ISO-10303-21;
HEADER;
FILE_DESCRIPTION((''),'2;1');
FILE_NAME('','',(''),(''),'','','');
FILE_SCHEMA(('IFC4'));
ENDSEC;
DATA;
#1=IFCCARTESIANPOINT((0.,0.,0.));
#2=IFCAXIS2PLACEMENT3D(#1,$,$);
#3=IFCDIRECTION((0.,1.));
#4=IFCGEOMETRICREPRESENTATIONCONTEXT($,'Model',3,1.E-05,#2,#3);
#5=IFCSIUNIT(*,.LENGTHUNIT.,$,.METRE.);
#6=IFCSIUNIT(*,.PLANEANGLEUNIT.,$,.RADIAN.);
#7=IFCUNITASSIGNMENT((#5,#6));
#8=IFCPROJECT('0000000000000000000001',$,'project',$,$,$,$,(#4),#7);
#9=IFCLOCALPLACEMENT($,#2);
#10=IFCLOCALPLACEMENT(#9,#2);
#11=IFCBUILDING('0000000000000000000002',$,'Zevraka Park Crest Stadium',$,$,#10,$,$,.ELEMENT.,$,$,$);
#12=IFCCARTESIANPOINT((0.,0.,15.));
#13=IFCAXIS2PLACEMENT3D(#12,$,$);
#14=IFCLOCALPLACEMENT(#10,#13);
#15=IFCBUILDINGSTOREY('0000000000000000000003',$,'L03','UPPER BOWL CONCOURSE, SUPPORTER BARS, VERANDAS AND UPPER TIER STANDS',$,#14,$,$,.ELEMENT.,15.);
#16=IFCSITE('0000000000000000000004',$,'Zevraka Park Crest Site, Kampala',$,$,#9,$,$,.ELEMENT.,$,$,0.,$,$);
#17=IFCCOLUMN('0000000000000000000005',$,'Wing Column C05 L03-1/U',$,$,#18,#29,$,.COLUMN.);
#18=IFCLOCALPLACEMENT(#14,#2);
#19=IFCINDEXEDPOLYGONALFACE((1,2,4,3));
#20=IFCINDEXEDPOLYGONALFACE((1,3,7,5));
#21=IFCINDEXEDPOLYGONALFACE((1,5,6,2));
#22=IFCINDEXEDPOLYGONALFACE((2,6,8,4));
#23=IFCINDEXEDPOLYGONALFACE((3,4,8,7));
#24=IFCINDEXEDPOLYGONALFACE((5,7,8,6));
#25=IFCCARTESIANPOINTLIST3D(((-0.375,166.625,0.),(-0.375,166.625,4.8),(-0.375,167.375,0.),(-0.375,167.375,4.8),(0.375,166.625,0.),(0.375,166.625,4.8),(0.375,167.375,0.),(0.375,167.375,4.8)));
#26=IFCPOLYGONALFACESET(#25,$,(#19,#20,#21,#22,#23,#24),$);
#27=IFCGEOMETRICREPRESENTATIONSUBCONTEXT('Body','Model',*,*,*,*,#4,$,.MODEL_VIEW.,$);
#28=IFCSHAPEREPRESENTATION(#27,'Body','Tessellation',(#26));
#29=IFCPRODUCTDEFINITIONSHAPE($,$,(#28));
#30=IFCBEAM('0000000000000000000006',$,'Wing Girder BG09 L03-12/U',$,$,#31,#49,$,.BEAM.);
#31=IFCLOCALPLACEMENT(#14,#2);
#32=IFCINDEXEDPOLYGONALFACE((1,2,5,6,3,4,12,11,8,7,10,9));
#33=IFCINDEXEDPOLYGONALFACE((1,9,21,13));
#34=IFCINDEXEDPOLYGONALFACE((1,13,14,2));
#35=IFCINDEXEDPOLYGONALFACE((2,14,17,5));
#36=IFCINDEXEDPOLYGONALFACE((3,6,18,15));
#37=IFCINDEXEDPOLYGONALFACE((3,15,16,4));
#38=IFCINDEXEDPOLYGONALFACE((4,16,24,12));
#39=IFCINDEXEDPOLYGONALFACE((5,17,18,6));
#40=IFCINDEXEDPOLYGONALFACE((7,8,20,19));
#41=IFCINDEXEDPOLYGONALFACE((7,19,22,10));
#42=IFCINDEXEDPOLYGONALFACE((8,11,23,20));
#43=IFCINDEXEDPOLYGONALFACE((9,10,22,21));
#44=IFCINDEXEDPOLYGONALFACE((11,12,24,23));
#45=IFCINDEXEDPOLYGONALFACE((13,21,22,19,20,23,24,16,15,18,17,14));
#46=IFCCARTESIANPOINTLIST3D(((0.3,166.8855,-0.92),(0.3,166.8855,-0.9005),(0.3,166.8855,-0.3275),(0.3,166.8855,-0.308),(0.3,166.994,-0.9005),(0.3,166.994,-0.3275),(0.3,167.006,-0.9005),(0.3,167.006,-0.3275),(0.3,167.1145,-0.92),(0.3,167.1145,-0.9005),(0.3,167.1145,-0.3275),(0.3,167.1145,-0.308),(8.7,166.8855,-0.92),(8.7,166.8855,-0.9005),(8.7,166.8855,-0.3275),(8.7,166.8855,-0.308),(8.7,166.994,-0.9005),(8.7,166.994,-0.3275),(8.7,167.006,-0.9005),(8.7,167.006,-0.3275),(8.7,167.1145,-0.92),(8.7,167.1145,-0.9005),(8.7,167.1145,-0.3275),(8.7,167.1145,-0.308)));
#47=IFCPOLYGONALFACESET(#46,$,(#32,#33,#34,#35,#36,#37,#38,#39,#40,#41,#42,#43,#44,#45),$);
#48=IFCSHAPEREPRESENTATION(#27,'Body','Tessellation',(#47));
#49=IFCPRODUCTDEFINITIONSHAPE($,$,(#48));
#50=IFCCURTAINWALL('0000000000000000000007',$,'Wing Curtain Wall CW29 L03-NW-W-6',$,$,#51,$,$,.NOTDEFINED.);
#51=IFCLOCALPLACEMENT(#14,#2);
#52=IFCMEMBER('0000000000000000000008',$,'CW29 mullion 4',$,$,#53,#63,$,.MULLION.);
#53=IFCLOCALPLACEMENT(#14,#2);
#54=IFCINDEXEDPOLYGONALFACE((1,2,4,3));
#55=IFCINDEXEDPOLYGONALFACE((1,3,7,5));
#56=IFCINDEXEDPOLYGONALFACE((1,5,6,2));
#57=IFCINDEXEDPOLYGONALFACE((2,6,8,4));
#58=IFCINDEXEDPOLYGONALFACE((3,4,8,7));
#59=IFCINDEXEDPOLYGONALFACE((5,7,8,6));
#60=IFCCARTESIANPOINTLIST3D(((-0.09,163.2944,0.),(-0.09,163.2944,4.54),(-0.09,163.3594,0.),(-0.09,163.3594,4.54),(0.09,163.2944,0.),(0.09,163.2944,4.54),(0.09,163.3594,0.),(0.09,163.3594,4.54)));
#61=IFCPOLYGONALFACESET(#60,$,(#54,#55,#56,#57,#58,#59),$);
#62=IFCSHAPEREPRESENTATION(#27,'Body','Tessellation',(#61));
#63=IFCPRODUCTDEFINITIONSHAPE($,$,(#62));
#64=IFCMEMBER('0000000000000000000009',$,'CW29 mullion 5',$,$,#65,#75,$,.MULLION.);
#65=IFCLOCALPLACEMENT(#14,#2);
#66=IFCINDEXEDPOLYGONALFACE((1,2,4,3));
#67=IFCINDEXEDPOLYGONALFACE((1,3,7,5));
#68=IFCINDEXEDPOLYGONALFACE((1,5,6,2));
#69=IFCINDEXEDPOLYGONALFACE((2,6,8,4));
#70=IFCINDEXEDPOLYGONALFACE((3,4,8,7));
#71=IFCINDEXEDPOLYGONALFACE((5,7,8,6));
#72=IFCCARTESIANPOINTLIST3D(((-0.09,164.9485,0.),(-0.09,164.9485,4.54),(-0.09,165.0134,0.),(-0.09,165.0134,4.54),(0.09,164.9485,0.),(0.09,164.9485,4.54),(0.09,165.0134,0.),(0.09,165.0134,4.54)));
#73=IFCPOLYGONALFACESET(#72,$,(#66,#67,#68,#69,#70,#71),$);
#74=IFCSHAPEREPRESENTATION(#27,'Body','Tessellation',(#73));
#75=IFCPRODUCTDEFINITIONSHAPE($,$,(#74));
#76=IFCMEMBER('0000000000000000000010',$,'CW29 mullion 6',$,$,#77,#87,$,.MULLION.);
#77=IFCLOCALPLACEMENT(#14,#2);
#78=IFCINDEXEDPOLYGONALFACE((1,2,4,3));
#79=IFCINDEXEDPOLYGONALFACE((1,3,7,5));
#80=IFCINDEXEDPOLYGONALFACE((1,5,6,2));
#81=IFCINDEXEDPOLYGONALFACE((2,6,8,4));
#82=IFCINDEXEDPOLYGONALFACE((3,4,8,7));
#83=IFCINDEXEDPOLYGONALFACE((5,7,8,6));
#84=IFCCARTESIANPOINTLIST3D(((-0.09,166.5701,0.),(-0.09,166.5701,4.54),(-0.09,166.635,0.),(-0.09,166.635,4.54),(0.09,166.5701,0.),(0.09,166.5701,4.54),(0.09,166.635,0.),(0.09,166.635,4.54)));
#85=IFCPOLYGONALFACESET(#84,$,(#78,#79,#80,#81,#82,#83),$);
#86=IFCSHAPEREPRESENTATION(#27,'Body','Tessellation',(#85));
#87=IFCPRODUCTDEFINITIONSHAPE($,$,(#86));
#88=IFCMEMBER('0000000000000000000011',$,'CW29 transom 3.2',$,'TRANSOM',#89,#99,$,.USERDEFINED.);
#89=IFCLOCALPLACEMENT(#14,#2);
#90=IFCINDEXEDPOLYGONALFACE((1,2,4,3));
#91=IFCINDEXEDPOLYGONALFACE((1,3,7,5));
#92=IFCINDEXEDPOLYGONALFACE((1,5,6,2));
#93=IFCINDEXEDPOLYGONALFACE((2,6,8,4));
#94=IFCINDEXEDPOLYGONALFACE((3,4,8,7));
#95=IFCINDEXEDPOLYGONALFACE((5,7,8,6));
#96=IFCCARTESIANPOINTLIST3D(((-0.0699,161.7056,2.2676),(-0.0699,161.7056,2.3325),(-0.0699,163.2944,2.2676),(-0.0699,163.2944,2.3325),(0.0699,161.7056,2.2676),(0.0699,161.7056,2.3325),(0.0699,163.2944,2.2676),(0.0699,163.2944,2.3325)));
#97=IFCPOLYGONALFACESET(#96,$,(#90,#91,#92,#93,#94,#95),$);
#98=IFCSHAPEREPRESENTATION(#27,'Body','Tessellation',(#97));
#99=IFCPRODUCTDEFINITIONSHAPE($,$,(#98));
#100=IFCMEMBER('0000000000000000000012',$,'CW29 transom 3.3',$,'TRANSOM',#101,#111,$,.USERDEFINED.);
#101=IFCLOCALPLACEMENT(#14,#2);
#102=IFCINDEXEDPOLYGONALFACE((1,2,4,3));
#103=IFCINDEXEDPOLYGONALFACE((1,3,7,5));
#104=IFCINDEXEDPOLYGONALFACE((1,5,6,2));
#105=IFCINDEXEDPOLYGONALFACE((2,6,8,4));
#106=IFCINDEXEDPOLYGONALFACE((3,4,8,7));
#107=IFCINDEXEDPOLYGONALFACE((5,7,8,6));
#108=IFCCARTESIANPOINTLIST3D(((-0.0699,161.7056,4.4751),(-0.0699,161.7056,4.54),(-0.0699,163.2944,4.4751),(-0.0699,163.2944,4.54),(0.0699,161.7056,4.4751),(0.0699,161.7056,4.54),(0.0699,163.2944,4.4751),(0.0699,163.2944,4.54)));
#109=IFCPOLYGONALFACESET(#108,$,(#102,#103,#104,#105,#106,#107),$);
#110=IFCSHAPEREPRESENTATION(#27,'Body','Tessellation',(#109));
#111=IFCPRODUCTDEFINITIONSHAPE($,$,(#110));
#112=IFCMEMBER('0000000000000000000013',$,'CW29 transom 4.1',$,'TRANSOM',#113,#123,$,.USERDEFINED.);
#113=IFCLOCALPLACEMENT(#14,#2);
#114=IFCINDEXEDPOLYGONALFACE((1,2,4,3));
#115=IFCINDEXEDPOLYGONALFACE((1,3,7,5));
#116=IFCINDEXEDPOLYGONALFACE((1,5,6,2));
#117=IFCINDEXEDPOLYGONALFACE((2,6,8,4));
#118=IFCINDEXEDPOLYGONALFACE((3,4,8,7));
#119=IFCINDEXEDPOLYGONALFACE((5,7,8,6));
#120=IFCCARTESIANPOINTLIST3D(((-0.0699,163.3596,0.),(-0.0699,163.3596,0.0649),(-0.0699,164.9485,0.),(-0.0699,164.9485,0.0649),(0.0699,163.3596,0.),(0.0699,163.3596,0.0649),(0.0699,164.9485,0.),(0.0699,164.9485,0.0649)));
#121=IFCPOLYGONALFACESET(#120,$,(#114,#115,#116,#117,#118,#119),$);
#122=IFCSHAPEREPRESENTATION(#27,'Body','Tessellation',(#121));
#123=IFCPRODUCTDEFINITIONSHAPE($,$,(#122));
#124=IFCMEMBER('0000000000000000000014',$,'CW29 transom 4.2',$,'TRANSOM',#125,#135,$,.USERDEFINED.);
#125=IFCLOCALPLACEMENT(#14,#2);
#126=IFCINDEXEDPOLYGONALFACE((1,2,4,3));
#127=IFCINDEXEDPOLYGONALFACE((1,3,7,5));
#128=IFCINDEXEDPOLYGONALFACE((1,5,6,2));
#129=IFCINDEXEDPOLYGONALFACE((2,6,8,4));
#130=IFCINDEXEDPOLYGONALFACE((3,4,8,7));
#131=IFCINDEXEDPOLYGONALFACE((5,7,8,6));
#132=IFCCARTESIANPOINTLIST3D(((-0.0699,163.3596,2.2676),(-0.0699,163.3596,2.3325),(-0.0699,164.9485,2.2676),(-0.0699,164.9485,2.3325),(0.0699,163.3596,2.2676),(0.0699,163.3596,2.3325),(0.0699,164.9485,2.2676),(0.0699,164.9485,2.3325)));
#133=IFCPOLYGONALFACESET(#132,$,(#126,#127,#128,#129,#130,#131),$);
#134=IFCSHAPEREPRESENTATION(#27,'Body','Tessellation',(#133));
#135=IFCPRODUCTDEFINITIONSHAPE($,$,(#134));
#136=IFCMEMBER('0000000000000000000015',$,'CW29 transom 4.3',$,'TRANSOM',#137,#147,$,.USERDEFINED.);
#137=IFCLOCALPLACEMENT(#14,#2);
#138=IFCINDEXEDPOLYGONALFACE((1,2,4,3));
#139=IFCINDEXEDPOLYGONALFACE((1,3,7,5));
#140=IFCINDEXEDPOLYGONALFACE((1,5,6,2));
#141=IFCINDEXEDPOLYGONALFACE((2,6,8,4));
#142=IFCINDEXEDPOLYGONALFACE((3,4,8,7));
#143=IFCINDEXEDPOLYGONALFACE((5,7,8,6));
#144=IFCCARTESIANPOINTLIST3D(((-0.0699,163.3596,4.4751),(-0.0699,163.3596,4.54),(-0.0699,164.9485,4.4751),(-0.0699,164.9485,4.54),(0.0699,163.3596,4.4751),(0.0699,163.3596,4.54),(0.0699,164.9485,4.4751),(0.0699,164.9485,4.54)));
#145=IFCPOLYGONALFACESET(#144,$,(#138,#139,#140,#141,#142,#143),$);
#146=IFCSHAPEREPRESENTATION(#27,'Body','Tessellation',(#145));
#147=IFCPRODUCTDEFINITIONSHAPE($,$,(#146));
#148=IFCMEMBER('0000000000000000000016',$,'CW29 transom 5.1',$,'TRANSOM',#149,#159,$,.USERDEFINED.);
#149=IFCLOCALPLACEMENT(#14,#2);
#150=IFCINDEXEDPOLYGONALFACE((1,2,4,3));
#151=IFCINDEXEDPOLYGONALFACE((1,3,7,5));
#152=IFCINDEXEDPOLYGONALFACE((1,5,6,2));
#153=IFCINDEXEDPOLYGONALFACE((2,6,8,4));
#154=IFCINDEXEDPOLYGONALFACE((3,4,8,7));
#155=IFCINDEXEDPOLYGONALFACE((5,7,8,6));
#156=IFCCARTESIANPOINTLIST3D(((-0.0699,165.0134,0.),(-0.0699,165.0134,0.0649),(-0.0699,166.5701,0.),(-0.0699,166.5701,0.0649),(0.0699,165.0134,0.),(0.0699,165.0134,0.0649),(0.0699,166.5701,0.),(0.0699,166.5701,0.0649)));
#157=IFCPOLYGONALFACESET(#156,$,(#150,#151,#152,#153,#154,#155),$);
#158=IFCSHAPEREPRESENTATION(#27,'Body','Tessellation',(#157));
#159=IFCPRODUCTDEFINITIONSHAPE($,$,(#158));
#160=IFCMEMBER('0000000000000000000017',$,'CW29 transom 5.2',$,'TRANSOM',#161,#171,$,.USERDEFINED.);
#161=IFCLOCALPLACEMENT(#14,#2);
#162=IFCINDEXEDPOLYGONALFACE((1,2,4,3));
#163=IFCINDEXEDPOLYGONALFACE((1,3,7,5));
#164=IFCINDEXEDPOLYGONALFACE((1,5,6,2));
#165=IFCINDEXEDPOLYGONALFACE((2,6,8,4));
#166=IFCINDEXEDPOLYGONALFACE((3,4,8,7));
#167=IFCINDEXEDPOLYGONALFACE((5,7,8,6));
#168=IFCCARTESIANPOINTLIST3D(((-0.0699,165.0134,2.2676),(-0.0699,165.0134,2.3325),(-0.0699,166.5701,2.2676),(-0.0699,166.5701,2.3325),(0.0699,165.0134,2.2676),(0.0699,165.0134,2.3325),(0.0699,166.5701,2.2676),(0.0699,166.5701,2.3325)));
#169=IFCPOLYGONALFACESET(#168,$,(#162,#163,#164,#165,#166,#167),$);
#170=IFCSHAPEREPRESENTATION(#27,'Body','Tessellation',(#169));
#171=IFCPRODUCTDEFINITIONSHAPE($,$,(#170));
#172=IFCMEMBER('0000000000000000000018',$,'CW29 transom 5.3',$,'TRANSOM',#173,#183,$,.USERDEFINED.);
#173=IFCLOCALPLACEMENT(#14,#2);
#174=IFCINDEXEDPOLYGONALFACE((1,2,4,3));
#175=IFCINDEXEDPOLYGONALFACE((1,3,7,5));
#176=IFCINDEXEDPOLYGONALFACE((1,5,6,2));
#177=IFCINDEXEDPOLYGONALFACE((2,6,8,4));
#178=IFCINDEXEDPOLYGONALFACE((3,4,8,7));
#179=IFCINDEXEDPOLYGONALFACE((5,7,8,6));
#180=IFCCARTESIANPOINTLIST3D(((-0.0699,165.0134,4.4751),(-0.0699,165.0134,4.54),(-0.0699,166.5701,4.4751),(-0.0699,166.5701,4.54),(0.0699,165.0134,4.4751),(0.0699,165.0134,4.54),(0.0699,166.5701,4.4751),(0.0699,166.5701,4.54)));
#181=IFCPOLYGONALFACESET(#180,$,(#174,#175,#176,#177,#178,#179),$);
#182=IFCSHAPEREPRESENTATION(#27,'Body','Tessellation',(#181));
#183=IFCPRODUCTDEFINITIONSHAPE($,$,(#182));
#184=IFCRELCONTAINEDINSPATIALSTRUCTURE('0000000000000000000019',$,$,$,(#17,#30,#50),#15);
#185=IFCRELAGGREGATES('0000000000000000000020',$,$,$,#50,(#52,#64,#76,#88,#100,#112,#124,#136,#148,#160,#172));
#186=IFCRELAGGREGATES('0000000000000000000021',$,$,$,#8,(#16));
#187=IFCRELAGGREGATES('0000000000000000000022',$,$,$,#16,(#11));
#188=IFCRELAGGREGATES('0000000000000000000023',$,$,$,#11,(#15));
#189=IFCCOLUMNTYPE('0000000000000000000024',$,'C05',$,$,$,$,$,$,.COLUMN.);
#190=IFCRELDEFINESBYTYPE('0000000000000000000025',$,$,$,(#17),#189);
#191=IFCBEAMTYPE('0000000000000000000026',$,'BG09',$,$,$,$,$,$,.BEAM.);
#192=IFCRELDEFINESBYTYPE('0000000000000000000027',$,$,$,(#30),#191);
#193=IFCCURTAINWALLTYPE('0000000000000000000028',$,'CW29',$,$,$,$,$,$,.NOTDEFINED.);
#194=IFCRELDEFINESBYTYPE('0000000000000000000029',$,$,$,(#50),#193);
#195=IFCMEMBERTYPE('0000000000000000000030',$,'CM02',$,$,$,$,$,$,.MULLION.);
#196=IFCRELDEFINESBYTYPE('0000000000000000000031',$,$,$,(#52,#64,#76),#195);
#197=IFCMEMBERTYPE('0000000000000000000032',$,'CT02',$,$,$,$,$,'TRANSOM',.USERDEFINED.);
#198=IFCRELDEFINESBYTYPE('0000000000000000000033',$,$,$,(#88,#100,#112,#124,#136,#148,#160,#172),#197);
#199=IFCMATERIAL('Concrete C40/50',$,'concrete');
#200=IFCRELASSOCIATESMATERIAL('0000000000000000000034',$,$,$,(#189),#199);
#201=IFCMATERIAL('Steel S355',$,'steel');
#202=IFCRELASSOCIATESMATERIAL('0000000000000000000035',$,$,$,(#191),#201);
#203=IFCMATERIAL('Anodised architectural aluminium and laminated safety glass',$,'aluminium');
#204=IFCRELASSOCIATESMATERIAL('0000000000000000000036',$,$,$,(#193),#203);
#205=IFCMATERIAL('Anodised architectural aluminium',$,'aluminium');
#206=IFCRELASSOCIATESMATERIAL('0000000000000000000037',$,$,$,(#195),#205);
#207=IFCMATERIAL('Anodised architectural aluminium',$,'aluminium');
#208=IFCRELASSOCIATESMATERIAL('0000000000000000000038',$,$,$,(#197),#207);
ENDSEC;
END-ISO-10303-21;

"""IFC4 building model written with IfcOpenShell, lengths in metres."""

from ifc_helpers import new_model, si_unit, direction, frame, origin, origin_2d, place, context, subcontext, project, spatial, rectangle, i_section, extrude, material, material_profile, profile_set, type_object, element, aggregate, save


model = new_model("IFC4")

# Units and contexts
model_context = context("Model", 3, precision=1e-05, world=origin(), true_north=direction((0.0, 1.0)))
body_context = subcontext(model_context, "Body", "Model", "MODEL_VIEW")
ifc_project = project(units=[si_unit("LENGTHUNIT", "METRE"), si_unit("PLANEANGLEUNIT", "RADIAN")], contexts=[model_context])

# Site, building, storey
site_placement = place(None, origin())
site = spatial("IfcSite", under=ifc_project, at=site_placement, Name="Zevraka Park Crest Site, Kampala", CompositionType="ELEMENT", RefElevation=0.0)
building_placement = place(site_placement, origin())
building = spatial("IfcBuilding", under=site, at=building_placement, Name="Zevraka Park Crest Stadium", CompositionType="ELEMENT")
storey_placement = place(building_placement, frame((0.0, 0.0, 15.0)))
storey = spatial("IfcBuildingStorey", under=building, at=storey_placement, Name="L03", Description="UPPER BOWL CONCOURSE, SUPPORTER BARS, VERANDAS AND UPPER TIER STANDS", CompositionType="ELEMENT", Elevation=15.0)

# Column
ifc_material_1 = material(Name="Concrete C40/50", Category="concrete")
ifc_material_profile_1 = material_profile(ifc_material_1, rectangle(XDim=0.75, YDim=0.75, at=origin_2d()), Name="RC 750x750")
ifc_profile_set_1 = profile_set([ifc_material_profile_1], Name="Concrete C40/50")
column_type = type_object("IfcColumnType", Name="C05", PredefinedType="COLUMN", material=ifc_profile_set_1)
column_placement = place(storey_placement, frame((0.0, 167.0, 0.0), z_axis=(0.0, 0.0, 1.0), x_axis=(1.0, 0.0, 0.0)))
element("IfcColumn", 1, at=column_placement, inside=storey, type_object=column_type, Name="Wing Column C05 L03-1/U", PredefinedType="COLUMN", context=body_context, shape_type="SweptSolid", body=[
    extrude(rectangle(XDim=0.75, YDim=0.75, at=origin_2d()), origin(), (0.0, 0.0, 1.0), 4.8),
])

# Beam
ifc_material_2 = material(Name="Steel S355", Category="steel")
ifc_material_profile_2 = material_profile(ifc_material_2, i_section(OverallWidth=0.229, OverallDepth=0.6121, WebThickness=0.012, FlangeThickness=0.0195, at=origin_2d()), Name="UKB 610x229x125")
ifc_profile_set_2 = profile_set([ifc_material_profile_2], Name="Steel S355")
beam_type = type_object("IfcBeamType", Name="BG09", PredefinedType="BEAM", material=ifc_profile_set_2)
beam_placement = place(storey_placement, frame((0.3, 167.0, -0.614), z_axis=(1.0, 0.0, 0.0), x_axis=(0.0, 1.0, 0.0)))
element("IfcBeam", 2, at=beam_placement, inside=storey, type_object=beam_type, Name="Wing Girder BG09 L03-12/U", PredefinedType="BEAM", context=body_context, shape_type="SweptSolid", body=[
    extrude(i_section(OverallWidth=0.229, OverallDepth=0.6121, WebThickness=0.012, FlangeThickness=0.0195, at=origin_2d()), origin(), (0.0, 0.0, 1.0), 8.3999),
])

# Curtain wall, members
ifc_material_3 = material(Name="Anodised architectural aluminium and laminated safety glass", Category="aluminium")
curtain_wall_type = type_object("IfcCurtainWallType", Name="CW29", PredefinedType="NOTDEFINED", material=ifc_material_3)
curtain_wall_placement = place(storey_placement, origin())
curtain_wall = element("IfcCurtainWall", 3, at=curtain_wall_placement, inside=storey, type_object=curtain_wall_type, Name="Wing Curtain Wall CW29 L03-NW-W-6", PredefinedType="NOTDEFINED")
ifc_material_4 = material(Name="Anodised architectural aluminium", Category="aluminium")
ifc_material_profile_3 = material_profile(ifc_material_4, rectangle(XDim=0.1799, YDim=0.0649, at=origin_2d()), Name="ALU MULLION 180x65")
ifc_profile_set_3 = profile_set([ifc_material_profile_3], Name="Anodised architectural aluminium")
member_type_1 = type_object("IfcMemberType", Name="CM02", PredefinedType="MULLION", material=ifc_profile_set_3)
member_1_placement = place(storey_placement, frame((0.0, 163.3269, 0.0), z_axis=(0.0, 0.0, 1.0), x_axis=(-1.0, 0.0, 0.0)))
member_1 = element("IfcMember", 4, at=member_1_placement, type_object=member_type_1, Name="CW29 mullion 4", PredefinedType="MULLION", context=body_context, shape_type="SweptSolid", body=[
    extrude(rectangle(XDim=0.1799, YDim=0.0649, at=origin_2d()), origin(), (0.0, 0.0, 1.0), 4.54),
])
member_2_placement = place(storey_placement, frame((0.0, 164.981, 0.0), z_axis=(0.0, 0.0, 1.0), x_axis=(-1.0, 0.0, 0.0)))
member_2 = element("IfcMember", 5, at=member_2_placement, type_object=member_type_1, Name="CW29 mullion 5", PredefinedType="MULLION", context=body_context, shape_type="SweptSolid", body=[
    extrude(rectangle(XDim=0.1799, YDim=0.0649, at=origin_2d()), origin(), (0.0, 0.0, 1.0), 4.54),
])
member_3_placement = place(storey_placement, frame((0.0, 166.6025, 0.0), z_axis=(0.0, 0.0, 1.0), x_axis=(-1.0, 0.0, 0.0)))
member_3 = element("IfcMember", 6, at=member_3_placement, type_object=member_type_1, Name="CW29 mullion 6", PredefinedType="MULLION", context=body_context, shape_type="SweptSolid", body=[
    extrude(rectangle(XDim=0.1799, YDim=0.0649, at=origin_2d()), origin(), (0.0, 0.0, 1.0), 4.54),
])
ifc_material_5 = material(Name="Anodised architectural aluminium", Category="aluminium")
ifc_material_profile_4 = material_profile(ifc_material_5, rectangle(XDim=0.1399, YDim=0.0649, at=origin_2d()), Name="ALU TRANSOM 140x65")
ifc_profile_set_4 = profile_set([ifc_material_profile_4], Name="Anodised architectural aluminium")
member_type_2 = type_object("IfcMemberType", Name="CT02", ElementType="TRANSOM", PredefinedType="USERDEFINED", material=ifc_profile_set_4)
member_4_placement = place(storey_placement, frame((0.0, 161.7056, 2.3), z_axis=(0.0, 1.0, 0.0), x_axis=(-1.0, 0.0, 0.0)))
member_4 = element("IfcMember", 7, at=member_4_placement, type_object=member_type_2, Name="CW29 transom 3.2", ObjectType="TRANSOM", PredefinedType="USERDEFINED", context=body_context, shape_type="SweptSolid", body=[
    extrude(rectangle(XDim=0.1399, YDim=0.0649, at=origin_2d()), origin(), (0.0, 0.0, 1.0), 1.5889),
])
member_5_placement = place(storey_placement, frame((0.0, 161.7056, 4.5076), z_axis=(0.0, 1.0, 0.0), x_axis=(-1.0, 0.0, 0.0)))
member_5 = element("IfcMember", 8, at=member_5_placement, type_object=member_type_2, Name="CW29 transom 3.3", ObjectType="TRANSOM", PredefinedType="USERDEFINED", context=body_context, shape_type="SweptSolid", body=[
    extrude(rectangle(XDim=0.1399, YDim=0.0649, at=origin_2d()), origin(), (0.0, 0.0, 1.0), 1.5889),
])
member_6_placement = place(storey_placement, frame((0.0, 163.3596, 0.0325), z_axis=(0.0, 1.0, 0.0), x_axis=(-1.0, 0.0, 0.0)))
member_6 = element("IfcMember", 9, at=member_6_placement, type_object=member_type_2, Name="CW29 transom 4.1", ObjectType="TRANSOM", PredefinedType="USERDEFINED", context=body_context, shape_type="SweptSolid", body=[
    extrude(rectangle(XDim=0.1399, YDim=0.0649, at=origin_2d()), origin(), (0.0, 0.0, 1.0), 1.5889),
])
member_7_placement = place(storey_placement, frame((0.0, 163.3596, 2.3), z_axis=(0.0, 1.0, 0.0), x_axis=(-1.0, 0.0, 0.0)))
member_7 = element("IfcMember", 10, at=member_7_placement, type_object=member_type_2, Name="CW29 transom 4.2", ObjectType="TRANSOM", PredefinedType="USERDEFINED", context=body_context, shape_type="SweptSolid", body=[
    extrude(rectangle(XDim=0.1399, YDim=0.0649, at=origin_2d()), origin(), (0.0, 0.0, 1.0), 1.5889),
])
member_8_placement = place(storey_placement, frame((0.0, 163.3596, 4.5076), z_axis=(0.0, 1.0, 0.0), x_axis=(-1.0, 0.0, 0.0)))
member_8 = element("IfcMember", 11, at=member_8_placement, type_object=member_type_2, Name="CW29 transom 4.3", ObjectType="TRANSOM", PredefinedType="USERDEFINED", context=body_context, shape_type="SweptSolid", body=[
    extrude(rectangle(XDim=0.1399, YDim=0.0649, at=origin_2d()), origin(), (0.0, 0.0, 1.0), 1.5889),
])
member_9_placement = place(storey_placement, frame((0.0, 165.0134, 0.0325), z_axis=(0.0, 1.0, 0.0), x_axis=(-1.0, 0.0, 0.0)))
member_9 = element("IfcMember", 12, at=member_9_placement, type_object=member_type_2, Name="CW29 transom 5.1", ObjectType="TRANSOM", PredefinedType="USERDEFINED", context=body_context, shape_type="SweptSolid", body=[
    extrude(rectangle(XDim=0.1399, YDim=0.0649, at=origin_2d()), origin(), (0.0, 0.0, 1.0), 1.5566),
])
member_10_placement = place(storey_placement, frame((0.0, 165.0134, 2.3), z_axis=(0.0, 1.0, 0.0), x_axis=(-1.0, 0.0, 0.0)))
member_10 = element("IfcMember", 13, at=member_10_placement, type_object=member_type_2, Name="CW29 transom 5.2", ObjectType="TRANSOM", PredefinedType="USERDEFINED", context=body_context, shape_type="SweptSolid", body=[
    extrude(rectangle(XDim=0.1399, YDim=0.0649, at=origin_2d()), origin(), (0.0, 0.0, 1.0), 1.5566),
])
member_11_placement = place(storey_placement, frame((0.0, 165.0134, 4.5076), z_axis=(0.0, 1.0, 0.0), x_axis=(-1.0, 0.0, 0.0)))
member_11 = element("IfcMember", 14, at=member_11_placement, type_object=member_type_2, Name="CW29 transom 5.3", ObjectType="TRANSOM", PredefinedType="USERDEFINED", context=body_context, shape_type="SweptSolid", body=[
    extrude(rectangle(XDim=0.1399, YDim=0.0649, at=origin_2d()), origin(), (0.0, 0.0, 1.0), 1.5566),
])
aggregate(curtain_wall, [member_1, member_2, member_3, member_4, member_5, member_6, member_7, member_8, member_9, member_10, member_11])

save(model, "model.ifc")
